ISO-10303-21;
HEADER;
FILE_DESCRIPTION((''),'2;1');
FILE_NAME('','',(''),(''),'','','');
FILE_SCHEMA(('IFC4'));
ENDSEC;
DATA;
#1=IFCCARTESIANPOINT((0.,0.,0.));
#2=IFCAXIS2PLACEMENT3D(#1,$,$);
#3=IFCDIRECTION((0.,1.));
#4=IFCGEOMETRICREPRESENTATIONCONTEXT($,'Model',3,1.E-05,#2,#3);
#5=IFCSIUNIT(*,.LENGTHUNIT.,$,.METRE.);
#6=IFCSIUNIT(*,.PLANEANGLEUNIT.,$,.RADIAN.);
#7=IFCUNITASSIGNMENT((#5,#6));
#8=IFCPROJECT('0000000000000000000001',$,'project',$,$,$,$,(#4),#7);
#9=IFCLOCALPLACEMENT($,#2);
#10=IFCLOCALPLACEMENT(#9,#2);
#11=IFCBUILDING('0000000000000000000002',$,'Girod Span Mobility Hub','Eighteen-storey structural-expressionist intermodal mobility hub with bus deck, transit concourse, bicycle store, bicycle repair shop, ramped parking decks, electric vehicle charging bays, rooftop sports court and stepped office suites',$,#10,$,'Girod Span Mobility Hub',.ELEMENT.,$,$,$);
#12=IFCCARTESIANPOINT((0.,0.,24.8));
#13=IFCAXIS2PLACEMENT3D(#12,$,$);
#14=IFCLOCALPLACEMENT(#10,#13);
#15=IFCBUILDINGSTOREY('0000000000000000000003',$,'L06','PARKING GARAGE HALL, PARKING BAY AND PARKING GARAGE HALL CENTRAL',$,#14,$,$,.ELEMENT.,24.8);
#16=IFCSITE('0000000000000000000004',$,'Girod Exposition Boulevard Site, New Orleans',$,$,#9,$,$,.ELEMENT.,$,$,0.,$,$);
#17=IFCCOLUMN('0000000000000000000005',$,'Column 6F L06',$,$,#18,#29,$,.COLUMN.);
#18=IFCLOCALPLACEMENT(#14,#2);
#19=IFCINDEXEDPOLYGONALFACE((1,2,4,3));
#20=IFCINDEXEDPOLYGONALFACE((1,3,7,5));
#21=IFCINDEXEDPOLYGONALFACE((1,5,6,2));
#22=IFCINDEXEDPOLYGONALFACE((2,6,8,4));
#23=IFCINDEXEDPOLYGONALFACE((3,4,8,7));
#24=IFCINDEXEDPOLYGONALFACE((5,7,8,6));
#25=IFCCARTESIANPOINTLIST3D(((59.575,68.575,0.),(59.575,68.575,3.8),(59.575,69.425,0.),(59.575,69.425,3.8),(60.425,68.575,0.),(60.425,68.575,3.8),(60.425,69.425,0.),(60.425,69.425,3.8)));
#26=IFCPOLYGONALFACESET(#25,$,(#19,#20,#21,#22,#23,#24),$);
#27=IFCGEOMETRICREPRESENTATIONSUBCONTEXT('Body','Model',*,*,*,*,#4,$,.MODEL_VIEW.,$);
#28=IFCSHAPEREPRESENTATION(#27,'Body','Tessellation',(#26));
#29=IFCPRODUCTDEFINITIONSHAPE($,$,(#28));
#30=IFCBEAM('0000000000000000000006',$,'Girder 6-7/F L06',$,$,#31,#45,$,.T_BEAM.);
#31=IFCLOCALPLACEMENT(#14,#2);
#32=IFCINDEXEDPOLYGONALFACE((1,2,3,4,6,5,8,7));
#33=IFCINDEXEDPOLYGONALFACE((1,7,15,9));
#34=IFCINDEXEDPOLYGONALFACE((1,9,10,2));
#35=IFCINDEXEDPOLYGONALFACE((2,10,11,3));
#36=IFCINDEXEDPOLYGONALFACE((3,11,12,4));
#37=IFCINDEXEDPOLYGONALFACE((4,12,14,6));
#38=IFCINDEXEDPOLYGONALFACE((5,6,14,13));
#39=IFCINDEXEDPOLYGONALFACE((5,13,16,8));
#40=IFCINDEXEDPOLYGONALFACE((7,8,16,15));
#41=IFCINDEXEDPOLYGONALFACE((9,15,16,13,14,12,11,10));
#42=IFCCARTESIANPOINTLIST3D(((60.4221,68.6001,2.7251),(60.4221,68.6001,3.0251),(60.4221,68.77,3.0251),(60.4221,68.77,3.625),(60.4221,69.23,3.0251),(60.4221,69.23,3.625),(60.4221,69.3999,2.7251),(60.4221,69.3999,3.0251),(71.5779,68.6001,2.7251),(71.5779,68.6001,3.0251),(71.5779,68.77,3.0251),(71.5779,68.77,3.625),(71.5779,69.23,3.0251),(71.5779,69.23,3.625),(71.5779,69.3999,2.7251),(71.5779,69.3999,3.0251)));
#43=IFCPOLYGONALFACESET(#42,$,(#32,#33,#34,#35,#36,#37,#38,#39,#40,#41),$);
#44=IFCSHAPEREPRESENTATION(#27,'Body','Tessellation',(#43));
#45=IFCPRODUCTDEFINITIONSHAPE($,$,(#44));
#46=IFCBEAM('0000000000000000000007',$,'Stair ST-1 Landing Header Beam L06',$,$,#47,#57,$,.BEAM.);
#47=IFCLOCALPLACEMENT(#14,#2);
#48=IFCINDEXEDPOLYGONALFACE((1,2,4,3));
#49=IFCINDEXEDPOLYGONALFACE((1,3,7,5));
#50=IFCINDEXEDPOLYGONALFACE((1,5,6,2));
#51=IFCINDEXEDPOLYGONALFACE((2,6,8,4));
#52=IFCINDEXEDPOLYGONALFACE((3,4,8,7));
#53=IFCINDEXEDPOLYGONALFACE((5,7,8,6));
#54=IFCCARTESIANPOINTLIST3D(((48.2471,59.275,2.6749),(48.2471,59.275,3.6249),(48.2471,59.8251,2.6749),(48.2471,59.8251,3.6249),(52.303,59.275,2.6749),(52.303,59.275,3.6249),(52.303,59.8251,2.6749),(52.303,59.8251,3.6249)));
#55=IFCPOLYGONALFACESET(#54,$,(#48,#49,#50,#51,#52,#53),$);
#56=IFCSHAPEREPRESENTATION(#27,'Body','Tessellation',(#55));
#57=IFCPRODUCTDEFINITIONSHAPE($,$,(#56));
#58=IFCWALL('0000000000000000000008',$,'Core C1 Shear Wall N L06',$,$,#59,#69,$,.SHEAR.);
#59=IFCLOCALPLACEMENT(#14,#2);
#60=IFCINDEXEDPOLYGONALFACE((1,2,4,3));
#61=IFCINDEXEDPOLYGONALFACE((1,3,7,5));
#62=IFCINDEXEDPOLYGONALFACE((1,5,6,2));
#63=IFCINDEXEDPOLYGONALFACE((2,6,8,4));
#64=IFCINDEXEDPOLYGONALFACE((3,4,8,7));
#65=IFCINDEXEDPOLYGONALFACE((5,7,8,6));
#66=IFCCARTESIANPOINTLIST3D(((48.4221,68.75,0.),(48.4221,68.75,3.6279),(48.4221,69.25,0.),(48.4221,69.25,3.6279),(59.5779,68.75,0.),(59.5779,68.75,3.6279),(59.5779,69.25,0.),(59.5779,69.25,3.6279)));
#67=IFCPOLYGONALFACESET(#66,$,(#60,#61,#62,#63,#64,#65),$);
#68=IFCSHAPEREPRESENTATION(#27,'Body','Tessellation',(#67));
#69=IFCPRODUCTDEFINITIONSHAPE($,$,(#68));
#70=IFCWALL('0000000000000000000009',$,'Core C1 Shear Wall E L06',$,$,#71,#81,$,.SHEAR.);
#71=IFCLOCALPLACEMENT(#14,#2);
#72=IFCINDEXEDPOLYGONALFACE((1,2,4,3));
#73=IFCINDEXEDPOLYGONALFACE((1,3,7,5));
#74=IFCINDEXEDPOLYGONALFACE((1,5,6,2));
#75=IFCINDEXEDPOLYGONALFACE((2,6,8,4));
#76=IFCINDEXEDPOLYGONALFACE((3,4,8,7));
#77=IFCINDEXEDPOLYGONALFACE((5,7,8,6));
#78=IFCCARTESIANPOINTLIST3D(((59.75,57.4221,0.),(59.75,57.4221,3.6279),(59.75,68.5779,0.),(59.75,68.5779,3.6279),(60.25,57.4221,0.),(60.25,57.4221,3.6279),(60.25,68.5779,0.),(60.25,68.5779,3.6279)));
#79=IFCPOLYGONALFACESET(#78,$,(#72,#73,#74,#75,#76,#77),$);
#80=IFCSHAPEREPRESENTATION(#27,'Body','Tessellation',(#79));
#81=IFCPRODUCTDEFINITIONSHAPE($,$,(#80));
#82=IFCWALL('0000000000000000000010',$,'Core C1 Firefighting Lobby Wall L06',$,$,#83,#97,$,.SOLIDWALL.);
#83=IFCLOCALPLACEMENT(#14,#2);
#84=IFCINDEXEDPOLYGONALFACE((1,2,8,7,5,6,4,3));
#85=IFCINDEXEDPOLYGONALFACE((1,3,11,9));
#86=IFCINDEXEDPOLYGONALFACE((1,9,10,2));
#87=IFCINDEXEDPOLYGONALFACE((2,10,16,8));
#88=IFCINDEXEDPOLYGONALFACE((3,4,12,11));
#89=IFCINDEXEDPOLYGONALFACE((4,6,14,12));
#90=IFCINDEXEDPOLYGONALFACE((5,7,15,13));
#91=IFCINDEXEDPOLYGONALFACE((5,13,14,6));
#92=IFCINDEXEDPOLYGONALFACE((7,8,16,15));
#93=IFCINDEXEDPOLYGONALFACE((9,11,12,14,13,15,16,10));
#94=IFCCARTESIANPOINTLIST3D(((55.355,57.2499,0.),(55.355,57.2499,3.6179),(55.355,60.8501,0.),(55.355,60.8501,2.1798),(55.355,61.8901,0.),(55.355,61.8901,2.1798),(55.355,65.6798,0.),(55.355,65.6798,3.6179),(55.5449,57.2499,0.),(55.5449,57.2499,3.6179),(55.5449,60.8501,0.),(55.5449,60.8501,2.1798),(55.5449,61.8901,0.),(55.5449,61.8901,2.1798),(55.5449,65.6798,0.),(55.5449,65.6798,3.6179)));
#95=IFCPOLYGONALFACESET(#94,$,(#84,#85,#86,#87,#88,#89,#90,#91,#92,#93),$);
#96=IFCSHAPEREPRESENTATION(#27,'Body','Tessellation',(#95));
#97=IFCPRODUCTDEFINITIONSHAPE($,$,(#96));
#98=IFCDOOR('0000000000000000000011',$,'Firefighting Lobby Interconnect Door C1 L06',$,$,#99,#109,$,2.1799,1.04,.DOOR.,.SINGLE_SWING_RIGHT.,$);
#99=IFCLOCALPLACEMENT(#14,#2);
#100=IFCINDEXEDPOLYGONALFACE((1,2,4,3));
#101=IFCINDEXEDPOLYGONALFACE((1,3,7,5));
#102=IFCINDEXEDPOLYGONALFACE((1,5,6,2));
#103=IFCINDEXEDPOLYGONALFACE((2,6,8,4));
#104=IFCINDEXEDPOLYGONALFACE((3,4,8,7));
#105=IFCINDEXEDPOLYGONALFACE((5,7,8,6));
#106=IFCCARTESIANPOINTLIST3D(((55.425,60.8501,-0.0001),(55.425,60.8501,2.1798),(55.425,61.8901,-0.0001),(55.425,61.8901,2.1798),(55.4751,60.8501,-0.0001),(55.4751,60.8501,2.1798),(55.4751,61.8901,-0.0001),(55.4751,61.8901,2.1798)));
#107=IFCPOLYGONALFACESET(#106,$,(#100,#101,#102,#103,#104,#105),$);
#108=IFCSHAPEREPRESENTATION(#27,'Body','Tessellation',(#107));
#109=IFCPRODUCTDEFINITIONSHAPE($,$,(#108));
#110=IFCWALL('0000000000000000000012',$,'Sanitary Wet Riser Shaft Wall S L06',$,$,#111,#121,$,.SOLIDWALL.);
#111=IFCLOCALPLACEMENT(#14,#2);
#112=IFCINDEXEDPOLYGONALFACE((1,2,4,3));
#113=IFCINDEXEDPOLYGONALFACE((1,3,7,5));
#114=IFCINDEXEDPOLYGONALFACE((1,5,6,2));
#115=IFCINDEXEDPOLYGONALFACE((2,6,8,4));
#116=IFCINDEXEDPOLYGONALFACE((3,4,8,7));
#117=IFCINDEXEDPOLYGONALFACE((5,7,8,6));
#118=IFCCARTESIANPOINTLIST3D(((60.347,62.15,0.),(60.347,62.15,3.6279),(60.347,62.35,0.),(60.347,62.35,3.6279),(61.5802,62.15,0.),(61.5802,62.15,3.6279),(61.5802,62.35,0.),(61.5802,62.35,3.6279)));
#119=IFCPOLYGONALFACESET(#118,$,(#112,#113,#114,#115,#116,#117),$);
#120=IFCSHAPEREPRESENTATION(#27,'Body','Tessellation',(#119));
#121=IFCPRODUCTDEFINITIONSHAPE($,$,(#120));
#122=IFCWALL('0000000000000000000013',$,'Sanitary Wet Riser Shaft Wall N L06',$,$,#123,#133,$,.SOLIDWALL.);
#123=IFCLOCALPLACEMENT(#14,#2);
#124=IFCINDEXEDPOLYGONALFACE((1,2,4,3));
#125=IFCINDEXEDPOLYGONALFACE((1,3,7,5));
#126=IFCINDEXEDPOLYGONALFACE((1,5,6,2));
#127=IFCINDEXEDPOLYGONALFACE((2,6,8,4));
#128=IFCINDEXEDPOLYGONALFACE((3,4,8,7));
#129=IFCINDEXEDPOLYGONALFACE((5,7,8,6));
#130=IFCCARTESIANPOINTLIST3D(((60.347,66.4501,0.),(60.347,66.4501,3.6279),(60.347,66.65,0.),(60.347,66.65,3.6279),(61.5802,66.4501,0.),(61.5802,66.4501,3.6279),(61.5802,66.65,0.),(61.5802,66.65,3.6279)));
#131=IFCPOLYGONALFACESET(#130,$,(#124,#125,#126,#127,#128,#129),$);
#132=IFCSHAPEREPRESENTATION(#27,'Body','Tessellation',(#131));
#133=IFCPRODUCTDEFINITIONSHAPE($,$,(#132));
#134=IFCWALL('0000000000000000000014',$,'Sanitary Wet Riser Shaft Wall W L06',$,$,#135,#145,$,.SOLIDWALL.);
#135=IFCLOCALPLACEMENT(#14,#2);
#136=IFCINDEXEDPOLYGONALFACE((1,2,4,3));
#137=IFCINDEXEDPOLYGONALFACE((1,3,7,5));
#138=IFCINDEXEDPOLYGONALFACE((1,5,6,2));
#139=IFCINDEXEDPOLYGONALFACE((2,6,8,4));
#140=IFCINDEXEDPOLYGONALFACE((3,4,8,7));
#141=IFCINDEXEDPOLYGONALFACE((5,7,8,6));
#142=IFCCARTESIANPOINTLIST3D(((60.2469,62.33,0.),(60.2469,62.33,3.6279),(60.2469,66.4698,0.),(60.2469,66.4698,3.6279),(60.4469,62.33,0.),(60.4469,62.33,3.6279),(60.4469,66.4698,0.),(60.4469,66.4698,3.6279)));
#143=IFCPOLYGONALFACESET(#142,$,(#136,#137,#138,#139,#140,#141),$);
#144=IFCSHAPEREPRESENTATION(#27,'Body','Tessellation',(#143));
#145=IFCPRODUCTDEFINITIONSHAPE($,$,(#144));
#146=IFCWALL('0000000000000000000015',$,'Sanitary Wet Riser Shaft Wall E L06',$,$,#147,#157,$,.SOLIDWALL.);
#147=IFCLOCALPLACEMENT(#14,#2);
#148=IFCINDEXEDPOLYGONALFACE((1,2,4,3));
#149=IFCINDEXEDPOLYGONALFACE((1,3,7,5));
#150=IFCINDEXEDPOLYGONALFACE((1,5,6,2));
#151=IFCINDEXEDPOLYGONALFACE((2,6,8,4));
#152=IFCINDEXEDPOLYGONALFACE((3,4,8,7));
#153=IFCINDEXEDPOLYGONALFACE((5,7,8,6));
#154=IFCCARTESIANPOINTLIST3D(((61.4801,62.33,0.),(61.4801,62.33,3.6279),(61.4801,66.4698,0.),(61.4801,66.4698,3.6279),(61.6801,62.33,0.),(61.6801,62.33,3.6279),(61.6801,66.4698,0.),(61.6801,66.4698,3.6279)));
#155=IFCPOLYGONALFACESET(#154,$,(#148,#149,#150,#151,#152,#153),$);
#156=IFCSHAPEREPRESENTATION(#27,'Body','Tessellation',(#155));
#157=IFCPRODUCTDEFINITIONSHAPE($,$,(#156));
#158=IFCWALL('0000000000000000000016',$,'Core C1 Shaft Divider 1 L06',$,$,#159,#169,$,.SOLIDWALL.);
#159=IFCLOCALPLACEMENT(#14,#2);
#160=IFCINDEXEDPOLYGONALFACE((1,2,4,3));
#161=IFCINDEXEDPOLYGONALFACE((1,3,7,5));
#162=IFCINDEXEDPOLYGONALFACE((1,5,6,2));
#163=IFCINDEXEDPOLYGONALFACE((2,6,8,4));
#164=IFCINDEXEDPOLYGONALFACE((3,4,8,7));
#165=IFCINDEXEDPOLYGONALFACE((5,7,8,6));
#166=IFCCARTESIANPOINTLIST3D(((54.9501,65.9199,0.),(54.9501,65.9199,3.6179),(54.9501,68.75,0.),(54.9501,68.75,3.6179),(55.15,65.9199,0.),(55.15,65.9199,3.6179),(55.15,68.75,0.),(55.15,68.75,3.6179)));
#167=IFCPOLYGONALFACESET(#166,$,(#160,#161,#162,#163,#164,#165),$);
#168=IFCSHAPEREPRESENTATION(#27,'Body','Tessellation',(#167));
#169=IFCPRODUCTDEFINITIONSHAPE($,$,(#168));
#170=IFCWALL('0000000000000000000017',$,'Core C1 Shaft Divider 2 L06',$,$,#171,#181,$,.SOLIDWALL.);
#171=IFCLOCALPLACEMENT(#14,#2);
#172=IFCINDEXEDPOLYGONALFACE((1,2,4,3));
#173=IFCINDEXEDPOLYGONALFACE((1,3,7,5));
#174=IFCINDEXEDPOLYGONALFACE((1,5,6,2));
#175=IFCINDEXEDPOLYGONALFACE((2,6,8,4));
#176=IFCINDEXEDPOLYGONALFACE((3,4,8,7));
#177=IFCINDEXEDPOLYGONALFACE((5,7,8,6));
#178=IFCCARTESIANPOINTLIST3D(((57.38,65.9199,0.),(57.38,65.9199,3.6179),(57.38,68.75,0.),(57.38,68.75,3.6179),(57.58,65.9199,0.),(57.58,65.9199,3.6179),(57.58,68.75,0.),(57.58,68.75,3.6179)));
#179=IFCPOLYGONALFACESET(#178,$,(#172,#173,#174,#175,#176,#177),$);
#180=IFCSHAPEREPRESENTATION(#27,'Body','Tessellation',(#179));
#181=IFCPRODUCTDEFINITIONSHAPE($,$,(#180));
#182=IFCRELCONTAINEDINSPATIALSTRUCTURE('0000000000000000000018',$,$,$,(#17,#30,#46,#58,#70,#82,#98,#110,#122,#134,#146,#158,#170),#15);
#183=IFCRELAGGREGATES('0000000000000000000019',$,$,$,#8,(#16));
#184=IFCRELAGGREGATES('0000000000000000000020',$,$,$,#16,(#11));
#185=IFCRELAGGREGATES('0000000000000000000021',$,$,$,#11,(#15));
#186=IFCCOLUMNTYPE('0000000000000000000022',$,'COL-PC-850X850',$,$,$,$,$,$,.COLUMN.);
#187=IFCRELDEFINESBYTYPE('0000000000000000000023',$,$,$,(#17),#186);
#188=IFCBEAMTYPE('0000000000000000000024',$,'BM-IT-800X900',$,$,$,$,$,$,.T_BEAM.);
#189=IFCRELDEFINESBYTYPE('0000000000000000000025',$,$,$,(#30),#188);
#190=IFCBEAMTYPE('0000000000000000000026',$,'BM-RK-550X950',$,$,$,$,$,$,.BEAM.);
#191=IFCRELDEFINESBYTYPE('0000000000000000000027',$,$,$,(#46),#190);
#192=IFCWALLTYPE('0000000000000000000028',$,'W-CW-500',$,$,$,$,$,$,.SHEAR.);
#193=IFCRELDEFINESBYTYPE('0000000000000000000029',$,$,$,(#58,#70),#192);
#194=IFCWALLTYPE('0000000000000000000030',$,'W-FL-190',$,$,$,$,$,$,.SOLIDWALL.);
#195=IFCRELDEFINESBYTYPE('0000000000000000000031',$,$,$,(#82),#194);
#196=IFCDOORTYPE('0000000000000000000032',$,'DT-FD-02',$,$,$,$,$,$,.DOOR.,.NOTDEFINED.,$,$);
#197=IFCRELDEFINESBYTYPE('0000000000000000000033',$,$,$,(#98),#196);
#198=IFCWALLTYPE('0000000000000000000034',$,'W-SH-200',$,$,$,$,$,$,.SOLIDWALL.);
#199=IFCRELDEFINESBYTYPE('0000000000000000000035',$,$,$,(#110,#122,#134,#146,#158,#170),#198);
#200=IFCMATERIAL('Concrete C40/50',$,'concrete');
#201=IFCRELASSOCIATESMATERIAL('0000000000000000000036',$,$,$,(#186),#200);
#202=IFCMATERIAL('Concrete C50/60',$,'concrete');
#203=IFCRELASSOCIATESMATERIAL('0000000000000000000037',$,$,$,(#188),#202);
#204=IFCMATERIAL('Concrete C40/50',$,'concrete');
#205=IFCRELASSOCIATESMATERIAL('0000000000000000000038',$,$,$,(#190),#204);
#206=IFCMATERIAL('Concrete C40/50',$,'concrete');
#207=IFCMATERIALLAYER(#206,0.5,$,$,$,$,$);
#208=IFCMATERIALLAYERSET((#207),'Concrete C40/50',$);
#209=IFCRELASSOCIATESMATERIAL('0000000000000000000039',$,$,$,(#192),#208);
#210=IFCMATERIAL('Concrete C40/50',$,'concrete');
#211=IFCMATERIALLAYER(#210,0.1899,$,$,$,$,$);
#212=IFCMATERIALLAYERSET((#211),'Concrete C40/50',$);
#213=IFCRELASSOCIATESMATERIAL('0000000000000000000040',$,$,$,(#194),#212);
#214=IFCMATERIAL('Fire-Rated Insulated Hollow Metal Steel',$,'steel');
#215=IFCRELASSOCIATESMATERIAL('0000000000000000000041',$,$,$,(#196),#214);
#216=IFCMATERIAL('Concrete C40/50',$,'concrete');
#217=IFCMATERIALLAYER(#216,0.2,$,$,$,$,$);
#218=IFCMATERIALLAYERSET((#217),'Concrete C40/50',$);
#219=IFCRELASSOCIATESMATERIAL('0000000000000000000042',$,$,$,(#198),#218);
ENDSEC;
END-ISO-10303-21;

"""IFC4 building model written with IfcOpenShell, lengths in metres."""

from ifc_helpers import new_model, si_unit, direction, frame, frame_2d, origin, origin_2d, place, context, subcontext, project, spatial, polyline, rectangle, outline, extrude, material, layer, layer_set, material_profile, profile_set, type_object, element, fill, save


model = new_model("IFC4")

# Units and contexts
model_context = context("Model", 3, precision=1e-05, world=origin(), true_north=direction((0.0, 1.0)))
body_context = subcontext(model_context, "Body", "Model", "MODEL_VIEW")
ifc_project = project(units=[si_unit("LENGTHUNIT", "METRE"), si_unit("PLANEANGLEUNIT", "RADIAN")], contexts=[model_context])

# Site, building, storey
site_placement = place(None, origin())
site = spatial("IfcSite", under=ifc_project, at=site_placement, Name="Girod Exposition Boulevard Site, New Orleans", CompositionType="ELEMENT", RefElevation=0.0)
building_placement = place(site_placement, origin())
building = spatial("IfcBuilding", under=site, at=building_placement, Name="Girod Span Mobility Hub", Description="Eighteen-storey structural-expressionist intermodal mobility hub with bus deck, transit concourse, bicycle store, bicycle repair shop, ramped parking decks, electric vehicle charging bays, rooftop sports court and stepped office suites", LongName="Girod Span Mobility Hub", CompositionType="ELEMENT")
storey_placement = place(building_placement, frame((0.0, 0.0, 24.8)))
storey = spatial("IfcBuildingStorey", under=building, at=storey_placement, Name="L06", Description="PARKING GARAGE HALL, PARKING BAY AND PARKING GARAGE HALL CENTRAL", CompositionType="ELEMENT", Elevation=24.8)

# Column
ifc_material_1 = material(Name="Concrete C40/50", Category="concrete")
ifc_material_profile_1 = material_profile(ifc_material_1, rectangle(XDim=0.8501, YDim=0.8501, at=origin_2d()), Name="PC-COL-850X850")
ifc_profile_set_1 = profile_set([ifc_material_profile_1], Name="Concrete C40/50")
column_type = type_object("IfcColumnType", Name="COL-PC-850X850", PredefinedType="COLUMN", material=ifc_profile_set_1)
column_placement = place(storey_placement, frame((60.0, 69.0, 0.0), z_axis=(0.0, 0.0, 1.0), x_axis=(1.0, 0.0, 0.0)))
element("IfcColumn", 1, at=column_placement, inside=storey, type_object=column_type, Name="Column 6F L06", PredefinedType="COLUMN", context=body_context, shape_type="SweptSolid", body=[
    extrude(rectangle(XDim=0.8501, YDim=0.8501, at=origin_2d()), origin(), (0.0, 0.0, 1.0), 3.8),
])

# Beams
ifc_material_2 = material(Name="Concrete C50/60", Category="concrete")
ifc_material_profile_2 = material_profile(ifc_material_2, outline(polyline([(-0.3999, -0.45), (0.3999, -0.45), (0.3999, -0.1499), (0.23, -0.1499), (0.23, 0.45), (-0.23, 0.45), (-0.23, -0.1499), (-0.3999, -0.1499), (-0.3999, -0.45)])), Name="IT-800X900")
ifc_profile_set_2 = profile_set([ifc_material_profile_2], Name="Concrete C50/60")
beam_type_1 = type_object("IfcBeamType", Name="BM-IT-800X900", PredefinedType="T_BEAM", material=ifc_profile_set_2)
beam_1_placement = place(storey_placement, frame((60.4221, 69.0, 3.175), z_axis=(1.0, 0.0, 0.0), x_axis=(0.0, 1.0, 0.0)))
element("IfcBeam", 2, at=beam_1_placement, inside=storey, type_object=beam_type_1, Name="Girder 6-7/F L06", PredefinedType="T_BEAM", context=body_context, shape_type="SweptSolid", body=[
    extrude(outline(polyline([(-0.3999, -0.45), (0.3999, -0.45), (0.3999, -0.1499), (0.23, -0.1499), (0.23, 0.45), (-0.23, 0.45), (-0.23, -0.1499), (-0.3999, -0.1499), (-0.3999, -0.45)])), origin(), (0.0, 0.0, 1.0), 11.1558),
])
ifc_material_3 = material(Name="Concrete C40/50", Category="concrete")
ifc_material_profile_3 = material_profile(ifc_material_3, rectangle(XDim=0.55, YDim=0.95, at=origin_2d()), Name="RK-550X950")
ifc_profile_set_3 = profile_set([ifc_material_profile_3], Name="Concrete C40/50")
beam_type_2 = type_object("IfcBeamType", Name="BM-RK-550X950", PredefinedType="BEAM", material=ifc_profile_set_3)
beam_2_placement = place(storey_placement, frame((48.2471, 59.55, 3.1499), z_axis=(1.0, 0.0, 0.0), x_axis=(0.0, 1.0, 0.0)))
element("IfcBeam", 3, at=beam_2_placement, inside=storey, type_object=beam_type_2, Name="Stair ST-1 Landing Header Beam L06", PredefinedType="BEAM", context=body_context, shape_type="SweptSolid", body=[
    extrude(rectangle(XDim=0.55, YDim=0.95, at=origin_2d()), origin(), (0.0, 0.0, 1.0), 4.0559),
])

# Walls
ifc_material_4 = material(Name="Concrete C40/50", Category="concrete")
ifc_layer_1 = layer(ifc_material_4, 0.5)
ifc_layer_set_1 = layer_set([ifc_layer_1], Name="Concrete C40/50")
wall_type_1 = type_object("IfcWallType", Name="W-CW-500", PredefinedType="SHEAR", material=ifc_layer_set_1)
for number, where, z_axis, x_axis, name in (
    (4, (48.4221, 69.0, 0.0), (0.0, 0.0, 1.0), (1.0, 0.0, 0.0), "Core C1 Shear Wall N L06"),
    (5, (60.0, 57.4221, 0.0), (0.0, 0.0, 1.0), (0.0, 1.0, 0.0), "Core C1 Shear Wall E L06"),
):
    element("IfcWall", number, at=place(storey_placement, frame(where, z_axis=z_axis, x_axis=x_axis)), inside=storey, type_object=wall_type_1, Name=name, PredefinedType="SHEAR", context=body_context, shape_type="SweptSolid", body=[
        extrude(rectangle(XDim=11.1558, YDim=0.5, at=frame_2d((5.5779, 0.0))), origin(), (0.0, 0.0, 1.0), 3.6279),
    ])

# Wall, opening, door
ifc_material_5 = material(Name="Concrete C40/50", Category="concrete")
ifc_layer_2 = layer(ifc_material_5, 0.1899)
ifc_layer_set_2 = layer_set([ifc_layer_2], Name="Concrete C40/50")
wall_type_2 = type_object("IfcWallType", Name="W-FL-190", PredefinedType="SOLIDWALL", material=ifc_layer_set_2)
wall_1_placement = place(storey_placement, frame((55.45, 57.25, 0.0), z_axis=(0.0, 0.0, 1.0), x_axis=(0.0, 1.0, 0.0)))
wall_1 = element("IfcWall", 6, at=wall_1_placement, inside=storey, type_object=wall_type_2, Name="Core C1 Firefighting Lobby Wall L06", PredefinedType="SOLIDWALL", context=body_context, shape_type="SweptSolid", body=[
    extrude(rectangle(XDim=8.4299, YDim=0.1899, at=frame_2d((4.2148, 0.0))), origin(), (0.0, 0.0, 1.0), 3.6179),
])
opening_1_placement = place(wall_1_placement, frame((3.6001, 0.0, 0.0)))
opening_1 = element("IfcOpeningElement", 7, at=opening_1_placement, cuts=wall_1, PredefinedType="OPENING", context=body_context, shape_type="SweptSolid", body=[
    extrude(rectangle(XDim=1.04, YDim=2.1799, at=frame_2d((0.52, 1.0898))), frame((0.0, 0.1099, 0.0), z_axis=(0.0, -1.0, 0.0), x_axis=(1.0, 0.0, 0.0)), (0.0, 0.0, 1.0), 0.22),
])
ifc_material_6 = material(Name="Fire-Rated Insulated Hollow Metal Steel", Category="steel")
door_type_1 = type_object("IfcDoorType", Name="DT-FD-02", OperationType="NOTDEFINED", PredefinedType="DOOR", material=ifc_material_6)
door_1_placement = place(opening_1_placement, origin())
door_1 = element("IfcDoor", 8, at=door_1_placement, inside=storey, type_object=door_type_1, Name="Firefighting Lobby Interconnect Door C1 L06", OperationType="SINGLE_SWING_RIGHT", OverallHeight=2.1799, OverallWidth=1.04, PredefinedType="DOOR", context=body_context, shape_type="SweptSolid", body=[
    extrude(rectangle(XDim=1.04, YDim=2.1799, at=frame_2d((0.52, 1.0898))), frame((0.0, 0.0249, 0.0), z_axis=(0.0, -1.0, 0.0), x_axis=(1.0, 0.0, 0.0)), (0.0, 0.0, 1.0), 0.05),
])
fill(opening_1, door_1)

# Walls
ifc_material_7 = material(Name="Concrete C40/50", Category="concrete")
ifc_layer_3 = layer(ifc_material_7, 0.2)
ifc_layer_set_3 = layer_set([ifc_layer_3], Name="Concrete C40/50")
wall_type_3 = type_object("IfcWallType", Name="W-SH-200", PredefinedType="SOLIDWALL", material=ifc_layer_set_3)
for number, where, z_axis, x_axis, name in (
    (9, (60.3469, 62.25, 0.0), (0.0, 0.0, 1.0), (1.0, 0.0, 0.0), "Sanitary Wet Riser Shaft Wall S L06"),
    (10, (60.3469, 66.55, 0.0), (0.0, 0.0, 1.0), (1.0, 0.0, 0.0), "Sanitary Wet Riser Shaft Wall N L06"),
):
    element("IfcWall", number, at=place(storey_placement, frame(where, z_axis=z_axis, x_axis=x_axis)), inside=storey, type_object=wall_type_3, Name=name, PredefinedType="SOLIDWALL", context=body_context, shape_type="SweptSolid", body=[
        extrude(rectangle(XDim=1.2332, YDim=0.2, at=frame_2d((0.6167, 0.0))), origin(), (0.0, 0.0, 1.0), 3.6279),
    ])
for number, where, z_axis, x_axis, name in (
    (11, (60.3469, 62.3301, 0.0), (0.0, 0.0, 1.0), (0.0, 1.0, 0.0), "Sanitary Wet Riser Shaft Wall W L06"),
    (12, (61.5801, 62.3301, 0.0), (0.0, 0.0, 1.0), (0.0, 1.0, 0.0), "Sanitary Wet Riser Shaft Wall E L06"),
):
    element("IfcWall", number, at=place(storey_placement, frame(where, z_axis=z_axis, x_axis=x_axis)), inside=storey, type_object=wall_type_3, Name=name, PredefinedType="SOLIDWALL", context=body_context, shape_type="SweptSolid", body=[
        extrude(rectangle(XDim=4.1399, YDim=0.2, at=frame_2d((2.0698, 0.0))), origin(), (0.0, 0.0, 1.0), 3.6279),
    ])
for number, where, z_axis, x_axis, name in (
    (13, (55.05, 65.9199, 0.0), (0.0, 0.0, 1.0), (0.0, 1.0, 0.0), "Core C1 Shaft Divider 1 L06"),
    (14, (57.48, 65.9199, 0.0), (0.0, 0.0, 1.0), (0.0, 1.0, 0.0), "Core C1 Shaft Divider 2 L06"),
):
    element("IfcWall", number, at=place(storey_placement, frame(where, z_axis=z_axis, x_axis=x_axis)), inside=storey, type_object=wall_type_3, Name=name, PredefinedType="SOLIDWALL", context=body_context, shape_type="SweptSolid", body=[
        extrude(rectangle(XDim=2.8301, YDim=0.2, at=frame_2d((1.415, 0.0))), origin(), (0.0, 0.0, 1.0), 3.6179),
    ])

save(model, "model.ifc")
